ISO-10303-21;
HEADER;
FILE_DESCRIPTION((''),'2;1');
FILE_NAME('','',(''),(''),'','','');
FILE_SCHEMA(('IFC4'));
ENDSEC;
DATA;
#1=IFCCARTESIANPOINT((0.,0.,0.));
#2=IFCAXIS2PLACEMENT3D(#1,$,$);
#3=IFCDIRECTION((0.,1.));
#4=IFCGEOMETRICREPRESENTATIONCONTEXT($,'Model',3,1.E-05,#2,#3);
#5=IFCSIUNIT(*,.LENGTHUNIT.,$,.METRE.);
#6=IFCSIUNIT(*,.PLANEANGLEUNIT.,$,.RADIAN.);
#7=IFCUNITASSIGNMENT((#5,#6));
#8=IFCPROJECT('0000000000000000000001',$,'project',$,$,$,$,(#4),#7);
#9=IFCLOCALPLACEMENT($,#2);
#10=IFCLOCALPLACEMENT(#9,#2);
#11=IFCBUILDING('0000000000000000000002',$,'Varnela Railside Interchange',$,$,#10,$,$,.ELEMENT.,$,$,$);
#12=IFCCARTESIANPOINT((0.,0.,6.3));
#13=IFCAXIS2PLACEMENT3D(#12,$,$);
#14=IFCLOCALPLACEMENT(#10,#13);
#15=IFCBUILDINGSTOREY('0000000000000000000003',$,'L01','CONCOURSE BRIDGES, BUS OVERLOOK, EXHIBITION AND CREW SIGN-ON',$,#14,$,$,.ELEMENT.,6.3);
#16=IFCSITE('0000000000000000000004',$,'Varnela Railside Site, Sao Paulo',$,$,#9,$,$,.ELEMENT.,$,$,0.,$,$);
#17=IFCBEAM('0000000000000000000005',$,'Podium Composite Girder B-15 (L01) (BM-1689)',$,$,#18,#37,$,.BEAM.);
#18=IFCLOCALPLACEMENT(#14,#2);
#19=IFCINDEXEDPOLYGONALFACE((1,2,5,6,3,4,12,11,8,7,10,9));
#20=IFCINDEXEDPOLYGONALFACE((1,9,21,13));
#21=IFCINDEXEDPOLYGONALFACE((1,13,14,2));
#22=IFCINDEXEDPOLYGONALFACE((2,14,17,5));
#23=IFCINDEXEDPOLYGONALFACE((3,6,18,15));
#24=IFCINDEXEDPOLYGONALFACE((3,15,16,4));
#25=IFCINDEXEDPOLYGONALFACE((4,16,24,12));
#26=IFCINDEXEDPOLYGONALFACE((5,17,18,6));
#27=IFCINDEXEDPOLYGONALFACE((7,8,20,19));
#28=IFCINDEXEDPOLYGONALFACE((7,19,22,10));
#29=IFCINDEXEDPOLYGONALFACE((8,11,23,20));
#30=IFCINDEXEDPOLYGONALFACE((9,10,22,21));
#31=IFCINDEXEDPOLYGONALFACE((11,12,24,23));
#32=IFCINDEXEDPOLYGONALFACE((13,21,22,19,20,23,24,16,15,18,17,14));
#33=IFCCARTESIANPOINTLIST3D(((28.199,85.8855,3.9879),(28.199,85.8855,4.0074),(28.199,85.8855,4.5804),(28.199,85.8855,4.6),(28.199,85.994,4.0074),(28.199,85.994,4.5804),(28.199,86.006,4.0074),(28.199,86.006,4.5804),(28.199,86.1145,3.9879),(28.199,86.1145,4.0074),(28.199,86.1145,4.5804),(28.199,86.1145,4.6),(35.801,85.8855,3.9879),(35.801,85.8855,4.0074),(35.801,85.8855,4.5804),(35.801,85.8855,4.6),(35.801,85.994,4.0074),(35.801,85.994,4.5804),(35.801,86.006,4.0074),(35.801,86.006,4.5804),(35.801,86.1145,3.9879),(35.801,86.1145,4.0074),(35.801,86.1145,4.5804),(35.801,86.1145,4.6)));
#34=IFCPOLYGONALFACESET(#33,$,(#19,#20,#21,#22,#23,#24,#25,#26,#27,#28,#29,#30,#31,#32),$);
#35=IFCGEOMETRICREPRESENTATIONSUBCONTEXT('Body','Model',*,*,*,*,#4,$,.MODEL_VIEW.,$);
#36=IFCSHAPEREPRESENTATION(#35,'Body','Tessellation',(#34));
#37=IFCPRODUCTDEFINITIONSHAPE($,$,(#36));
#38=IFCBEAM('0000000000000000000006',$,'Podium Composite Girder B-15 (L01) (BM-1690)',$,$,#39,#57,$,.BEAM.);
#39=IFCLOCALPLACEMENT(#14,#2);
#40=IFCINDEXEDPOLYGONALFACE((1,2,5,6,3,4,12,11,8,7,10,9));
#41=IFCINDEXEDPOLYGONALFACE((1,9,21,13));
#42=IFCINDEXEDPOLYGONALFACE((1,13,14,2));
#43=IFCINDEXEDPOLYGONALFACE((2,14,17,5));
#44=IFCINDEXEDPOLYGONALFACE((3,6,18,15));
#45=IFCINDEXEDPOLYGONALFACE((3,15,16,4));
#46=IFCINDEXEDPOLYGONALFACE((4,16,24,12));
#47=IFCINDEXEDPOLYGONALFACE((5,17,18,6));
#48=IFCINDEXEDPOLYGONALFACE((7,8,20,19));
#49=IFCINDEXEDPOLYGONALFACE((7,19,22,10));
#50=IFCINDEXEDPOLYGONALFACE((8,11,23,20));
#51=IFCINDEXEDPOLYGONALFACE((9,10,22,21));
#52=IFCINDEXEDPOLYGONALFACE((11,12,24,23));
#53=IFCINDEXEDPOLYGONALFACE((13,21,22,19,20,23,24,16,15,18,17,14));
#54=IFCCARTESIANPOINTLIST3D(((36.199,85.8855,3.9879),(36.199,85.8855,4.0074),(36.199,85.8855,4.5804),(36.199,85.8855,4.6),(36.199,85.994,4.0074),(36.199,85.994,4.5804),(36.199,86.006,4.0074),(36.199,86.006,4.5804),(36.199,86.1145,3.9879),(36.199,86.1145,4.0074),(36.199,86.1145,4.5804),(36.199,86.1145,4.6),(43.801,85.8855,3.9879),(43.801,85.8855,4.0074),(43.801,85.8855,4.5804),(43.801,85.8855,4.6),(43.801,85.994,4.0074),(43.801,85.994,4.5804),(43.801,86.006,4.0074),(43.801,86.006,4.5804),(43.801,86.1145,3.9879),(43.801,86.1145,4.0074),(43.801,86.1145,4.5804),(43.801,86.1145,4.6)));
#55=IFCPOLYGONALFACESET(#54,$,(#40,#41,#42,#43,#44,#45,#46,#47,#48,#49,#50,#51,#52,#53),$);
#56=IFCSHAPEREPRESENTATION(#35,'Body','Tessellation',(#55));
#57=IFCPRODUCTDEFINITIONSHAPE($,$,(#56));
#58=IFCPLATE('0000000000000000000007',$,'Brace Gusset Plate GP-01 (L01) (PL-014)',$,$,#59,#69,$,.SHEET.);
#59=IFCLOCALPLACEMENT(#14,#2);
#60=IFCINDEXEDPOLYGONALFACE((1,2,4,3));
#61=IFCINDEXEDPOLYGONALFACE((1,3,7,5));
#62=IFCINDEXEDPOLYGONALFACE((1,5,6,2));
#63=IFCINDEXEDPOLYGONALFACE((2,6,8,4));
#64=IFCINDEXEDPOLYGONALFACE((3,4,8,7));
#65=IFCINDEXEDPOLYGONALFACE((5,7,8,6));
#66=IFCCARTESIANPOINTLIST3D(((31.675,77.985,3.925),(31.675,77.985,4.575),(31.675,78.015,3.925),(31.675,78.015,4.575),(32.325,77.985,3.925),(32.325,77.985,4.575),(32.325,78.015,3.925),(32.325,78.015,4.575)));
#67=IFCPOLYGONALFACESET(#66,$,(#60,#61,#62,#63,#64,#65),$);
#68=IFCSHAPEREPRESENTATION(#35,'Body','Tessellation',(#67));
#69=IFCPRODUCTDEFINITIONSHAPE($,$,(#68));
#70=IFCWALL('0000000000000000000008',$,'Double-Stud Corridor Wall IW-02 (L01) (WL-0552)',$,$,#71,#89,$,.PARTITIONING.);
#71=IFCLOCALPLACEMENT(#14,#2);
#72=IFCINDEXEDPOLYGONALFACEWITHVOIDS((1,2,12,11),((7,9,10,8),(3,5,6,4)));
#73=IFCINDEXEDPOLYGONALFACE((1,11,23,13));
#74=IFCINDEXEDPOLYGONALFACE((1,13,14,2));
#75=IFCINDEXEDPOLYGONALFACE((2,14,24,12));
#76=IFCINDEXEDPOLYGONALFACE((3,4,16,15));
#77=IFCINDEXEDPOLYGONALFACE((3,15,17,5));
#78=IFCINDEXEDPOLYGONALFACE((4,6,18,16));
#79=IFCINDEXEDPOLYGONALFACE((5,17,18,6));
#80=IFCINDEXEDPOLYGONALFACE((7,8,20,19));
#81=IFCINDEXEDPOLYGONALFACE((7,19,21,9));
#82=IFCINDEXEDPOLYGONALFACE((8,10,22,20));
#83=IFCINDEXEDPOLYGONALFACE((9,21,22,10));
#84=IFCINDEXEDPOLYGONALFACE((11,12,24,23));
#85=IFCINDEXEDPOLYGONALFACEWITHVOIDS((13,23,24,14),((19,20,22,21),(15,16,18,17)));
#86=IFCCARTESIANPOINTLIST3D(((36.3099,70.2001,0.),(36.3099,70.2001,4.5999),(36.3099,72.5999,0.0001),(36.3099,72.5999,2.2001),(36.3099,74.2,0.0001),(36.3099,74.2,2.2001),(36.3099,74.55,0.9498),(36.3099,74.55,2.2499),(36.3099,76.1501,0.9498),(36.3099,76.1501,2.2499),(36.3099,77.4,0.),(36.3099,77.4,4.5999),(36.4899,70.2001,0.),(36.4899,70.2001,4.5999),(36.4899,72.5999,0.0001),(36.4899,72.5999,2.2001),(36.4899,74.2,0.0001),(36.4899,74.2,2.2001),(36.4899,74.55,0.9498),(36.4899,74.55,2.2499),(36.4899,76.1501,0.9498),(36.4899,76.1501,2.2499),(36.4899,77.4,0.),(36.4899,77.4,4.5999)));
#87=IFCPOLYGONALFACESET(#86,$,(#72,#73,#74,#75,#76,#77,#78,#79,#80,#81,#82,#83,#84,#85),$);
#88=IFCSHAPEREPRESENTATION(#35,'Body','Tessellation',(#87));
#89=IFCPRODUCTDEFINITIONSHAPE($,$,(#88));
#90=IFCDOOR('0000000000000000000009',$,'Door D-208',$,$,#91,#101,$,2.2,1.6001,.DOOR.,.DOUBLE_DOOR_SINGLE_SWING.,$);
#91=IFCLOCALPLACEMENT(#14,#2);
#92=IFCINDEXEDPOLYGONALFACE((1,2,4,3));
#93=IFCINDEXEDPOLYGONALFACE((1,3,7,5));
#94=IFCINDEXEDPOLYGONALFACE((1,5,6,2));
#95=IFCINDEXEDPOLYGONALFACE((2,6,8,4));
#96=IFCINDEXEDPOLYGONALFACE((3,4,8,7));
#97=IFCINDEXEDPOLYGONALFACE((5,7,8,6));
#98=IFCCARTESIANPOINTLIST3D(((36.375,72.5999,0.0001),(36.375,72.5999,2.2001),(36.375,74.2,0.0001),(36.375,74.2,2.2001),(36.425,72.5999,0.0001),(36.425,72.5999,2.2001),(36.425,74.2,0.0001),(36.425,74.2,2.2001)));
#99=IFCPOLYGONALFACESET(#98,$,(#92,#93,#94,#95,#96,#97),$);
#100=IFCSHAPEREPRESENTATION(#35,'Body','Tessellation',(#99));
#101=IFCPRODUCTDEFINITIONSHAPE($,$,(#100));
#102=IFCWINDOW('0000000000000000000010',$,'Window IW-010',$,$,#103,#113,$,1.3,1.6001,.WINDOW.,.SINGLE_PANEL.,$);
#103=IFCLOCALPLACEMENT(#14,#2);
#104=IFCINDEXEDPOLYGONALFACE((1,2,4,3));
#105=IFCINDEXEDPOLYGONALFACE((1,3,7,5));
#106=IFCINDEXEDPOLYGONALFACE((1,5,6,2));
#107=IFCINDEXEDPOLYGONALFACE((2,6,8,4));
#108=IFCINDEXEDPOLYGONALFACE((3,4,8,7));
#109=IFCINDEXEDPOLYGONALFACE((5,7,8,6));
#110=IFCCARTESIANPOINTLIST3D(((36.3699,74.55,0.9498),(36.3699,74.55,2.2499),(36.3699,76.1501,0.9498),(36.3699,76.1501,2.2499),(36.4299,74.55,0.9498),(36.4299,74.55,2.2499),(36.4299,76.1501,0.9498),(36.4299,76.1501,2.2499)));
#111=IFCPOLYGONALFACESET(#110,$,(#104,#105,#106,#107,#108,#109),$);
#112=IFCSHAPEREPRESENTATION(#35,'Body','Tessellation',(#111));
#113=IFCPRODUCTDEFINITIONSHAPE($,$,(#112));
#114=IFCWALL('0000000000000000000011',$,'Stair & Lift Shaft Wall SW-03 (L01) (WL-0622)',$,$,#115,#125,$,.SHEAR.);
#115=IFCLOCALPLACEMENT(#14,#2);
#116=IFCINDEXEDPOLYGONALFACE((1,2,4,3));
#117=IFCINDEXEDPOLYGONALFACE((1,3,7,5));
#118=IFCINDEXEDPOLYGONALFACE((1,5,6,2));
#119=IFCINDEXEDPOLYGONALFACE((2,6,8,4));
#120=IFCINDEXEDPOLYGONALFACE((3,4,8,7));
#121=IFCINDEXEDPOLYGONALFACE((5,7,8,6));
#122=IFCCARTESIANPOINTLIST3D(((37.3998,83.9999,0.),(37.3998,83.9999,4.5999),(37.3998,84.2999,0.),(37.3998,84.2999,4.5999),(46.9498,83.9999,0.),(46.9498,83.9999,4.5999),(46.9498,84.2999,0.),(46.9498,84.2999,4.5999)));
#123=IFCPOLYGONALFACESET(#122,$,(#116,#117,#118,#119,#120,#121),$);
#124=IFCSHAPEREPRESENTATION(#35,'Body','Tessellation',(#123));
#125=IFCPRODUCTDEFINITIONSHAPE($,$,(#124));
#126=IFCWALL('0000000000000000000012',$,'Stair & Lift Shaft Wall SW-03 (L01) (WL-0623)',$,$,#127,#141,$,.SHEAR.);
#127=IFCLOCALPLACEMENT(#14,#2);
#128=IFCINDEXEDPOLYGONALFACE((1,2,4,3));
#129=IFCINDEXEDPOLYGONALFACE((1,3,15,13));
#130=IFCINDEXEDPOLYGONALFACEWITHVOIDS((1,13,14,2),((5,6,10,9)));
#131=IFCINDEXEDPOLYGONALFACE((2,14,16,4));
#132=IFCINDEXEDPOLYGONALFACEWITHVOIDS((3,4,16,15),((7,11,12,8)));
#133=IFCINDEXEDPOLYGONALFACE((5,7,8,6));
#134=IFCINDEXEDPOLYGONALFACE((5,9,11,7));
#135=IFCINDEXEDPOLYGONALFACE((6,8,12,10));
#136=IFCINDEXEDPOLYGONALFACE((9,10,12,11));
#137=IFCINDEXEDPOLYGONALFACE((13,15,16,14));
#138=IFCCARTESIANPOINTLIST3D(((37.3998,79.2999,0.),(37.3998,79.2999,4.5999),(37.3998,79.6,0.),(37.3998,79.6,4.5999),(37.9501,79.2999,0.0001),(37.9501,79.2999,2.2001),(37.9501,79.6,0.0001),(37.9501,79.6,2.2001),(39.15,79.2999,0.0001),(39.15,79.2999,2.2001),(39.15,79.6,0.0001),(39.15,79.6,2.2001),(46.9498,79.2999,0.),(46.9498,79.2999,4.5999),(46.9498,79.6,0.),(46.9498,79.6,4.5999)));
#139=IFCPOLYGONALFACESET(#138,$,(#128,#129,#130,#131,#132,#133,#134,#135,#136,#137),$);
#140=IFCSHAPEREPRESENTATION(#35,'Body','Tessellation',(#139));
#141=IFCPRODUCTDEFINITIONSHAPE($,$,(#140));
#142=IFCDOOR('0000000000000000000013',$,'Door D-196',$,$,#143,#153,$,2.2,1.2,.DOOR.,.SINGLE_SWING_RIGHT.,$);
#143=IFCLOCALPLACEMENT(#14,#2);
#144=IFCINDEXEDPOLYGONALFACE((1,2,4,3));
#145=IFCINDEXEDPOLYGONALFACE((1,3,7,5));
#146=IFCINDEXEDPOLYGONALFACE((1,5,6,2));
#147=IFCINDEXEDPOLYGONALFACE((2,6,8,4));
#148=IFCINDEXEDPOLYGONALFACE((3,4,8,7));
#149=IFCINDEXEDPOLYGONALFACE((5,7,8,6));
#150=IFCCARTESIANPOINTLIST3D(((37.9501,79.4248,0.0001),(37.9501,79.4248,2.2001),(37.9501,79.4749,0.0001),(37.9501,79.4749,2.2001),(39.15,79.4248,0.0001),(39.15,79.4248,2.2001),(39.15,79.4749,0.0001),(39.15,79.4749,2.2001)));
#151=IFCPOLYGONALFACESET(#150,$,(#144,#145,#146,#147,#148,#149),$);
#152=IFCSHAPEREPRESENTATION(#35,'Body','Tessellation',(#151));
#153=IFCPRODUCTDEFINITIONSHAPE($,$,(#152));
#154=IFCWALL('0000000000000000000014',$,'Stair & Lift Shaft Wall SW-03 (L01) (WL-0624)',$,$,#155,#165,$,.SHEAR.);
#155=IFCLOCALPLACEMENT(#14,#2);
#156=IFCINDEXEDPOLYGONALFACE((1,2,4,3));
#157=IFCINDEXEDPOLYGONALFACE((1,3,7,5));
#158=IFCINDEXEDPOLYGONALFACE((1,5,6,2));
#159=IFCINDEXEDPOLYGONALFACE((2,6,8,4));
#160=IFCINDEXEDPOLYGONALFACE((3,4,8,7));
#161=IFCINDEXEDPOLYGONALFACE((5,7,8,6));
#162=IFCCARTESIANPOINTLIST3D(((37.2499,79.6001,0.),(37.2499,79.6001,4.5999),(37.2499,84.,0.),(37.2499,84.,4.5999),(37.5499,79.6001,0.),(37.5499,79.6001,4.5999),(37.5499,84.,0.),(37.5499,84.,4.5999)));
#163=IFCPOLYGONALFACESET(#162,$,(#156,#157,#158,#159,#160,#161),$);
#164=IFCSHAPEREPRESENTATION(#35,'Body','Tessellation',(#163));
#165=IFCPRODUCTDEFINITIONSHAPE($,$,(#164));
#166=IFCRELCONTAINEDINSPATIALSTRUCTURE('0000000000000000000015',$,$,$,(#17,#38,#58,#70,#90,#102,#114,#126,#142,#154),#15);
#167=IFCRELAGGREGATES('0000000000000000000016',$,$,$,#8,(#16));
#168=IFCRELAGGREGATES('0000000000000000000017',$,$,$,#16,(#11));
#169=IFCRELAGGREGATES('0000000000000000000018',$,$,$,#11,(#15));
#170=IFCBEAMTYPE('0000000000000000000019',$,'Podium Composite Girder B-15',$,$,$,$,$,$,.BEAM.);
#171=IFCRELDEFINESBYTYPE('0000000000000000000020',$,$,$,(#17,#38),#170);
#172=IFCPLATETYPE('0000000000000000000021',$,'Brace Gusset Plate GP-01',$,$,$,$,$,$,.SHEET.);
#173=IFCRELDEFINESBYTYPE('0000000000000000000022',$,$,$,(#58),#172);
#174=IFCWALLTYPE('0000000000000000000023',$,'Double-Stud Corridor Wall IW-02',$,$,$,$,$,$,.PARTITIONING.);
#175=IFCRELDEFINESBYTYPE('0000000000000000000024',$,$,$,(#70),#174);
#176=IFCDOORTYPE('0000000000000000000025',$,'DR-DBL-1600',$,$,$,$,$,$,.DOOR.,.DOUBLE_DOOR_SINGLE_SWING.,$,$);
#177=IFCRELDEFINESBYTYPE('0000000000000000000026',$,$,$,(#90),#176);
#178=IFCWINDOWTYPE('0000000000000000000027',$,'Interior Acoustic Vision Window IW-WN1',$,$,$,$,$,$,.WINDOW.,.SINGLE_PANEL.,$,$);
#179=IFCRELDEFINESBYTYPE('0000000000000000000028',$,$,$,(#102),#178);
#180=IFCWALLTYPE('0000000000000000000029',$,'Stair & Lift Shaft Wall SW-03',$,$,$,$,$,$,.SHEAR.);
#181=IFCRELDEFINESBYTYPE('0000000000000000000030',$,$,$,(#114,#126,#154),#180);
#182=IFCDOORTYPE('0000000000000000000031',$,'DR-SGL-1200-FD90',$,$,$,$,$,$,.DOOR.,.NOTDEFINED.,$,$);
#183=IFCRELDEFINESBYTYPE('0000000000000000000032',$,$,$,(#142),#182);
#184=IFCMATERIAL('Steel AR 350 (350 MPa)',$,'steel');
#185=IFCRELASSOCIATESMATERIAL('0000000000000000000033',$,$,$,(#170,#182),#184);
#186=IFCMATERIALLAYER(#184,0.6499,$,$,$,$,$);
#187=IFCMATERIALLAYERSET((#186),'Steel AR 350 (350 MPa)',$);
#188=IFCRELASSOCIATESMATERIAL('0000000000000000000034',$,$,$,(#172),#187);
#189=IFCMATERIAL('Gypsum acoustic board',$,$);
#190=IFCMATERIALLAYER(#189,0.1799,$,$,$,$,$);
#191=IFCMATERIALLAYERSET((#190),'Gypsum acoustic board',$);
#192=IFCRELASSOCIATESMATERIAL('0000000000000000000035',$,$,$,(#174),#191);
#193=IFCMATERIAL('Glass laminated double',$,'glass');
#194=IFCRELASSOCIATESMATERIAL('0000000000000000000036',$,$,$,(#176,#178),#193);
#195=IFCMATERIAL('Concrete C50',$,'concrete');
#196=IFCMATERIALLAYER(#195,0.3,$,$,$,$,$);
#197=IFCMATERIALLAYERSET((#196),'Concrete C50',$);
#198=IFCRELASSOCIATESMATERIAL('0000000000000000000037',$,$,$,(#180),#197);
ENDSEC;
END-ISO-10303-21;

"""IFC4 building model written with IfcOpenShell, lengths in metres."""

from ifc_helpers import new_model, si_unit, direction, frame, frame_2d, origin, origin_2d, place, context, subcontext, project, spatial, rectangle, i_section, extrude, material, layer, layer_set, material_profile, profile_set, type_object, element, fill, save


model = new_model("IFC4")

# Units and contexts
model_context = context("Model", 3, precision=1e-05, world=origin(), true_north=direction((0.0, 1.0)))
body_context = subcontext(model_context, "Body", "Model", "MODEL_VIEW")
ifc_project = project(units=[si_unit("LENGTHUNIT", "METRE"), si_unit("PLANEANGLEUNIT", "RADIAN")], contexts=[model_context])

# Site, building, storey
site_placement = place(None, origin())
site = spatial("IfcSite", under=ifc_project, at=site_placement, Name="Varnela Railside Site, Sao Paulo", CompositionType="ELEMENT", RefElevation=0.0)
building_placement = place(site_placement, origin())
building = spatial("IfcBuilding", under=site, at=building_placement, Name="Varnela Railside Interchange", CompositionType="ELEMENT")
storey_placement = place(building_placement, frame((0.0, 0.0, 6.3)))
storey = spatial("IfcBuildingStorey", under=building, at=storey_placement, Name="L01", Description="CONCOURSE BRIDGES, BUS OVERLOOK, EXHIBITION AND CREW SIGN-ON", CompositionType="ELEMENT", Elevation=6.3)

# Shared definitions
ifc_material_1 = material(Name="Steel AR 350 (350 MPa)", Category="steel")

# Beams
ifc_material_profile_1 = material_profile(ifc_material_1, i_section(OverallWidth=0.229, OverallDepth=0.6121, WebThickness=0.012, FlangeThickness=0.0195, at=origin_2d()), Name="W610x125")
ifc_profile_set_1 = profile_set([ifc_material_profile_1], Name="Steel AR 350 (350 MPa)")
beam_type_1 = type_object("IfcBeamType", Name="Podium Composite Girder B-15", PredefinedType="BEAM", material=ifc_profile_set_1)
for number, where, z_axis, x_axis, name in (
    (1, (28.199, 86.0, 4.2939), (1.0, 0.0, 0.0), (0.0, 1.0, 0.0), "Podium Composite Girder B-15 (L01) (BM-1689)"),
    (2, (36.199, 86.0, 4.2939), (1.0, 0.0, 0.0), (0.0, 1.0, 0.0), "Podium Composite Girder B-15 (L01) (BM-1690)"),
):
    element("IfcBeam", number, at=place(storey_placement, frame(where, z_axis=z_axis, x_axis=x_axis)), inside=storey, type_object=beam_type_1, Name=name, PredefinedType="BEAM", context=body_context, shape_type="SweptSolid", body=[
        extrude(i_section(OverallWidth=0.229, OverallDepth=0.6121, WebThickness=0.012, FlangeThickness=0.0195, at=origin_2d()), origin(), (0.0, 0.0, 1.0), 7.6021),
    ])

# Plate
ifc_layer_1 = layer(ifc_material_1, 0.6499)
ifc_layer_set_1 = layer_set([ifc_layer_1], Name="Steel AR 350 (350 MPa)")
plate_type = type_object("IfcPlateType", Name="Brace Gusset Plate GP-01", PredefinedType="SHEET", material=ifc_layer_set_1)
plate_placement = place(storey_placement, frame((32.0, 78.0, 3.925), z_axis=(0.0, 0.0, 1.0), x_axis=(1.0, 0.0, 0.0)))
element("IfcPlate", 3, at=plate_placement, inside=storey, type_object=plate_type, Name="Brace Gusset Plate GP-01 (L01) (PL-014)", PredefinedType="SHEET", context=body_context, shape_type="SweptSolid", body=[
    extrude(rectangle(XDim=0.6499, YDim=0.03, at=origin_2d()), origin(), (0.0, 0.0, 1.0), 0.6499),
])

# Wall, openings, door, window
ifc_material_2 = material(Name="Gypsum acoustic board")
ifc_layer_2 = layer(ifc_material_2, 0.1799)
ifc_layer_set_2 = layer_set([ifc_layer_2], Name="Gypsum acoustic board")
wall_type_1 = type_object("IfcWallType", Name="Double-Stud Corridor Wall IW-02", PredefinedType="PARTITIONING", material=ifc_layer_set_2)
wall_1_placement = place(storey_placement, frame((36.3999, 70.2, 0.0), z_axis=(0.0, 0.0, 1.0), x_axis=(0.0, 1.0, 0.0)))
wall_1 = element("IfcWall", 4, at=wall_1_placement, inside=storey, type_object=wall_type_1, Name="Double-Stud Corridor Wall IW-02 (L01) (WL-0552)", PredefinedType="PARTITIONING", context=body_context, shape_type="SweptSolid", body=[
    extrude(rectangle(XDim=7.2, YDim=0.1799, at=frame_2d((3.6001, 0.0))), origin(), (0.0, 0.0, 1.0), 4.5999),
])
opening_1_placement = place(wall_1_placement, frame((2.3999, 0.0, 0.0)))
opening_1 = element("IfcOpeningElement", 5, at=opening_1_placement, cuts=wall_1, PredefinedType="OPENING", context=body_context, shape_type="SweptSolid", body=[
    extrude(rectangle(XDim=1.6001, YDim=2.2, at=frame_2d((0.8, 1.1001))), frame((0.0, 0.0999, 0.0), z_axis=(0.0, -1.0, 0.0), x_axis=(1.0, 0.0, 0.0)), (0.0, 0.0, 1.0), 0.2),
])
opening_2_placement = place(wall_1_placement, frame((4.3501, 0.0, 0.95)))
opening_2 = element("IfcOpeningElement", 6, at=opening_2_placement, cuts=wall_1, PredefinedType="OPENING", context=body_context, shape_type="SweptSolid", body=[
    extrude(rectangle(XDim=1.6001, YDim=1.3, at=frame_2d((0.8, 0.6499))), frame((0.0, 0.0999, 0.0), z_axis=(0.0, -1.0, 0.0), x_axis=(1.0, 0.0, 0.0)), (0.0, 0.0, 1.0), 0.2),
])
ifc_material_3 = material(Name="Glass laminated double", Category="glass")
door_type_1 = type_object("IfcDoorType", Name="DR-DBL-1600", OperationType="DOUBLE_DOOR_SINGLE_SWING", PredefinedType="DOOR", material=ifc_material_3)
door_1_placement = place(opening_1_placement, origin())
door_1 = element("IfcDoor", 7, at=door_1_placement, inside=storey, type_object=door_type_1, Name="Door D-208", OperationType="DOUBLE_DOOR_SINGLE_SWING", OverallHeight=2.2, OverallWidth=1.6001, PredefinedType="DOOR", context=body_context, shape_type="SweptSolid", body=[
    extrude(rectangle(XDim=1.6001, YDim=2.2, at=frame_2d((0.8, 1.1001))), frame((0.0, 0.0249, 0.0), z_axis=(0.0, -1.0, 0.0), x_axis=(1.0, 0.0, 0.0)), (0.0, 0.0, 1.0), 0.05),
])
fill(opening_1, door_1)
window_type = type_object("IfcWindowType", Name="Interior Acoustic Vision Window IW-WN1", PartitioningType="SINGLE_PANEL", PredefinedType="WINDOW", material=ifc_material_3)
window_placement = place(opening_2_placement, origin())
window = element("IfcWindow", 8, at=window_placement, inside=storey, type_object=window_type, Name="Window IW-010", OverallHeight=1.3, OverallWidth=1.6001, PartitioningType="SINGLE_PANEL", PredefinedType="WINDOW", context=body_context, shape_type="SweptSolid", body=[
    extrude(rectangle(XDim=1.6001, YDim=1.3, at=frame_2d((0.8, 0.6499))), frame((0.0, 0.03, 0.0), z_axis=(0.0, -1.0, 0.0), x_axis=(1.0, 0.0, 0.0)), (0.0, 0.0, 1.0), 0.0601),
])
fill(opening_2, window)

# Wall
ifc_material_4 = material(Name="Concrete C50", Category="concrete")
ifc_layer_3 = layer(ifc_material_4, 0.3)
ifc_layer_set_3 = layer_set([ifc_layer_3], Name="Concrete C50")
wall_type_2 = type_object("IfcWallType", Name="Stair & Lift Shaft Wall SW-03", PredefinedType="SHEAR", material=ifc_layer_set_3)
wall_2_placement = place(storey_placement, frame((37.3999, 84.1499, 0.0), z_axis=(0.0, 0.0, 1.0), x_axis=(1.0, 0.0, 0.0)))
element("IfcWall", 9, at=wall_2_placement, inside=storey, type_object=wall_type_2, Name="Stair & Lift Shaft Wall SW-03 (L01) (WL-0622)", PredefinedType="SHEAR", context=body_context, shape_type="SweptSolid", body=[
    extrude(rectangle(XDim=9.55, YDim=0.3, at=frame_2d((4.7749, 0.0))), origin(), (0.0, 0.0, 1.0), 4.5999),
])

# Wall, opening, door
wall_3_placement = place(storey_placement, frame((37.3999, 79.45, 0.0), z_axis=(0.0, 0.0, 1.0), x_axis=(1.0, 0.0, 0.0)))
wall_3 = element("IfcWall", 10, at=wall_3_placement, inside=storey, type_object=wall_type_2, Name="Stair & Lift Shaft Wall SW-03 (L01) (WL-0623)", PredefinedType="SHEAR", context=body_context, shape_type="SweptSolid", body=[
    extrude(rectangle(XDim=9.55, YDim=0.3, at=frame_2d((4.7749, 0.0))), origin(), (0.0, 0.0, 1.0), 4.5999),
])
opening_3_placement = place(wall_3_placement, frame((0.55, 0.0, 0.0)))
opening_3 = element("IfcOpeningElement", 11, at=opening_3_placement, cuts=wall_3, PredefinedType="OPENING", context=body_context, shape_type="SweptSolid", body=[
    extrude(rectangle(XDim=1.2, YDim=2.2, at=frame_2d((0.6001, 1.1001))), frame((0.0, 0.1599, 0.0), z_axis=(0.0, -1.0, 0.0), x_axis=(1.0, 0.0, 0.0)), (0.0, 0.0, 1.0), 0.3201),
])
door_type_2 = type_object("IfcDoorType", Name="DR-SGL-1200-FD90", OperationType="NOTDEFINED", PredefinedType="DOOR", material=ifc_material_1)
door_2_placement = place(opening_3_placement, origin())
door_2 = element("IfcDoor", 12, at=door_2_placement, inside=storey, type_object=door_type_2, Name="Door D-196", OperationType="SINGLE_SWING_RIGHT", OverallHeight=2.2, OverallWidth=1.2, PredefinedType="DOOR", context=body_context, shape_type="SweptSolid", body=[
    extrude(rectangle(XDim=1.2, YDim=2.2, at=frame_2d((0.6001, 1.1001))), frame((0.0, 0.0249, 0.0), z_axis=(0.0, -1.0, 0.0), x_axis=(1.0, 0.0, 0.0)), (0.0, 0.0, 1.0), 0.05),
])
fill(opening_3, door_2)

# Wall
wall_4_placement = place(storey_placement, frame((37.3999, 79.6001, 0.0), z_axis=(0.0, 0.0, 1.0), x_axis=(0.0, 1.0, 0.0)))
element("IfcWall", 13, at=wall_4_placement, inside=storey, type_object=wall_type_2, Name="Stair & Lift Shaft Wall SW-03 (L01) (WL-0624)", PredefinedType="SHEAR", context=body_context, shape_type="SweptSolid", body=[
    extrude(rectangle(XDim=4.3999, YDim=0.3, at=frame_2d((2.2, 0.0))), origin(), (0.0, 0.0, 1.0), 4.5999),
])

save(model, "model.ifc")
